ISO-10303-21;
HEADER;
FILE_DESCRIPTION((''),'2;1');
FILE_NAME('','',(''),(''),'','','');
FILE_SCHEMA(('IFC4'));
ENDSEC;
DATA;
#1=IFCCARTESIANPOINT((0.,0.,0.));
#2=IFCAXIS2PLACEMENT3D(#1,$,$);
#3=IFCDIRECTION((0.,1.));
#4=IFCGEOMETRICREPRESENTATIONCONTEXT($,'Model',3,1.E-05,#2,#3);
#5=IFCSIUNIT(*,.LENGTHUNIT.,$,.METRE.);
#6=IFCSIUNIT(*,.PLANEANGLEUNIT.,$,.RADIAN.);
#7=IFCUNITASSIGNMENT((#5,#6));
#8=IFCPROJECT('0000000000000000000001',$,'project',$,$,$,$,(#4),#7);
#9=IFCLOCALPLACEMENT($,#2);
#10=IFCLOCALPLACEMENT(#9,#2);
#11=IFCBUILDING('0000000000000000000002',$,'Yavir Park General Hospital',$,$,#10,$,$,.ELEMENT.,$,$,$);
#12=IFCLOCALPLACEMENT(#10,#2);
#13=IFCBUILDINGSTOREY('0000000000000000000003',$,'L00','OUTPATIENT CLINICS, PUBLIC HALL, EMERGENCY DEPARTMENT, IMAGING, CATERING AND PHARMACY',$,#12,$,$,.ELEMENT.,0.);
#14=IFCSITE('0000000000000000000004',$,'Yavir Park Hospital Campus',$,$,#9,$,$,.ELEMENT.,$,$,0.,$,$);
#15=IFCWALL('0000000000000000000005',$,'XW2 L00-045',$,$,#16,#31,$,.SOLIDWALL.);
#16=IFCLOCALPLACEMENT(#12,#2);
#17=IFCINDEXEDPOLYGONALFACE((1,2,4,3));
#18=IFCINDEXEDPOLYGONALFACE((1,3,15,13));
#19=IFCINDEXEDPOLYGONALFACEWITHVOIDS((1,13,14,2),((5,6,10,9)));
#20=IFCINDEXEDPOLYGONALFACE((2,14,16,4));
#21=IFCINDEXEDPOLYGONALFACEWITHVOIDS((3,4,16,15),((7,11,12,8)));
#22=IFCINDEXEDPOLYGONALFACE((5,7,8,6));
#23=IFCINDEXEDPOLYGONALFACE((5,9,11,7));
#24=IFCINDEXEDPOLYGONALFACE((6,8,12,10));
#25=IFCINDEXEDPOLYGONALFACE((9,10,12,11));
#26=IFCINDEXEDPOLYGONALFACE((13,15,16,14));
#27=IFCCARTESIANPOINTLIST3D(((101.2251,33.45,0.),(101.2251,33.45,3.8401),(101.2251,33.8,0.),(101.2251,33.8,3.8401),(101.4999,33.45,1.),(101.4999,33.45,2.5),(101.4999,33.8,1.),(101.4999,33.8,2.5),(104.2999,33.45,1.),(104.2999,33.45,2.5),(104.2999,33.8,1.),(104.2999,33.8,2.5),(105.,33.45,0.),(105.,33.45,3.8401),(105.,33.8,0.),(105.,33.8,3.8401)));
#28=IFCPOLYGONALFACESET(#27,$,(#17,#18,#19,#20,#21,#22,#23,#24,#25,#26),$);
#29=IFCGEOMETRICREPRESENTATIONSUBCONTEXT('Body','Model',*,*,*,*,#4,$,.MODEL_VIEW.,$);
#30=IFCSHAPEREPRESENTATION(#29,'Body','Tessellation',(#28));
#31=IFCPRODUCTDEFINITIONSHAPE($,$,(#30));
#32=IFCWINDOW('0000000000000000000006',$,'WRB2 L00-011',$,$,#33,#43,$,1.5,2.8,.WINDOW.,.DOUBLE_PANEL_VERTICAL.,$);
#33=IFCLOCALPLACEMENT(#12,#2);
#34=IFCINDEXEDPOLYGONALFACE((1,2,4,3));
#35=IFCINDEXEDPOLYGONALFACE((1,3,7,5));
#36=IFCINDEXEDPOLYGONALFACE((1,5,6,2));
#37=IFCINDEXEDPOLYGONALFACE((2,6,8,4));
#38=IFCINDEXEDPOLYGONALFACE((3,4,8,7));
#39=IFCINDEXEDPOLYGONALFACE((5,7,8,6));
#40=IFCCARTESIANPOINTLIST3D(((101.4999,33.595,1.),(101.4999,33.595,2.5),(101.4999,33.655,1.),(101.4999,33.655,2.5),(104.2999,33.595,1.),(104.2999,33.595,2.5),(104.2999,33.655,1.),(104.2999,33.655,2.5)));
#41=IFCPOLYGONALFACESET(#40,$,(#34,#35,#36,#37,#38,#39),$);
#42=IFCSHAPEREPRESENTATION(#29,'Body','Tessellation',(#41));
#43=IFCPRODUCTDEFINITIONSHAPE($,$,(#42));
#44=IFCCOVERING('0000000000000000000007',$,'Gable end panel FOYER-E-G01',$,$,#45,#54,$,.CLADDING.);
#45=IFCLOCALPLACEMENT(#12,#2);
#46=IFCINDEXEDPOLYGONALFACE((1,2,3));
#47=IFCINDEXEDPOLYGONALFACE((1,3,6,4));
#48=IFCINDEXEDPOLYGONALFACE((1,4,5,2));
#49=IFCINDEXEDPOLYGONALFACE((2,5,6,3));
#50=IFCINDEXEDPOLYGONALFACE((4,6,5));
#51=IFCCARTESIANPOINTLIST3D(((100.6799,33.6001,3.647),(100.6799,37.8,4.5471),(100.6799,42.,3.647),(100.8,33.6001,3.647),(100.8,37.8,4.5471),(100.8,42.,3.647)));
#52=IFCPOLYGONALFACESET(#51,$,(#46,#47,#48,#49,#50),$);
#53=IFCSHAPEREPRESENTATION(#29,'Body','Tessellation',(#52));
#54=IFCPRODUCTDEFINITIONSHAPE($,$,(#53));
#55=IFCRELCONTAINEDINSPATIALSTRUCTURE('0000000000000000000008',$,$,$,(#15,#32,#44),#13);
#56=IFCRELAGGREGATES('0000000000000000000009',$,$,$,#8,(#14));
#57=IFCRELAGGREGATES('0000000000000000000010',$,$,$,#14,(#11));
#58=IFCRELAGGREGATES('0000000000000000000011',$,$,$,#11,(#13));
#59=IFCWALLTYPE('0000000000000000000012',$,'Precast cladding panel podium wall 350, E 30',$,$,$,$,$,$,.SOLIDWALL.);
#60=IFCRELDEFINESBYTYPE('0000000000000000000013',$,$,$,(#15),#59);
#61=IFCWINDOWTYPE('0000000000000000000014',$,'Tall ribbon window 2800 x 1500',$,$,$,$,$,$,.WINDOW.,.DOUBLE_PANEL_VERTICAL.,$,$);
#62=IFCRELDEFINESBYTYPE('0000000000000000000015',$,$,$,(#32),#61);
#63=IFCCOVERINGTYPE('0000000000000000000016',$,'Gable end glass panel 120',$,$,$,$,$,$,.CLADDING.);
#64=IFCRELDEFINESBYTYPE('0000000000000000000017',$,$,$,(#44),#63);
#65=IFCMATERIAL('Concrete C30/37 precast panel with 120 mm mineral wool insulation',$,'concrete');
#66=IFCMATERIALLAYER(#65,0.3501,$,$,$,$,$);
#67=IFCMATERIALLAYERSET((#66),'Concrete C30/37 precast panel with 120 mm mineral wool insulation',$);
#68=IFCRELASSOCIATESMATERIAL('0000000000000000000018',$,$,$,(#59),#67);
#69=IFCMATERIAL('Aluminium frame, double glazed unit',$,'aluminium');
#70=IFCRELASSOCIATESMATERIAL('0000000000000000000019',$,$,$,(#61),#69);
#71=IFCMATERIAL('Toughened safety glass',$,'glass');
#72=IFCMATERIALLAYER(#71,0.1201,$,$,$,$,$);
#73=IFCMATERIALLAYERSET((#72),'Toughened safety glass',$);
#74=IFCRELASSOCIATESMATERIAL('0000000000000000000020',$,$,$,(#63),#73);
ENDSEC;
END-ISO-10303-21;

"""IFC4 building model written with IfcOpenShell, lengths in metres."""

from ifc_helpers import new_model, si_unit, direction, frame, frame_2d, origin, place, context, subcontext, project, spatial, polyline, rectangle, outline, extrude, material, layer, layer_set, type_object, element, fill, save


model = new_model("IFC4")

# Units and contexts
model_context = context("Model", 3, precision=1e-05, world=origin(), true_north=direction((0.0, 1.0)))
body_context = subcontext(model_context, "Body", "Model", "MODEL_VIEW")
ifc_project = project(units=[si_unit("LENGTHUNIT", "METRE"), si_unit("PLANEANGLEUNIT", "RADIAN")], contexts=[model_context])

# Site, building, storey
site_placement = place(None, origin())
site = spatial("IfcSite", under=ifc_project, at=site_placement, Name="Yavir Park Hospital Campus", CompositionType="ELEMENT", RefElevation=0.0)
building_placement = place(site_placement, origin())
building = spatial("IfcBuilding", under=site, at=building_placement, Name="Yavir Park General Hospital", CompositionType="ELEMENT")
storey_placement = place(building_placement, origin())
storey = spatial("IfcBuildingStorey", under=building, at=storey_placement, Name="L00", Description="OUTPATIENT CLINICS, PUBLIC HALL, EMERGENCY DEPARTMENT, IMAGING, CATERING AND PHARMACY", CompositionType="ELEMENT", Elevation=0.0)

# Wall, opening, window
ifc_material_1 = material(Name="Concrete C30/37 precast panel with 120 mm mineral wool insulation", Category="concrete")
ifc_layer_1 = layer(ifc_material_1, 0.3501)
ifc_layer_set_1 = layer_set([ifc_layer_1], Name="Concrete C30/37 precast panel with 120 mm mineral wool insulation")
wall_type_1 = type_object("IfcWallType", Name="Precast cladding panel podium wall 350, E 30", PredefinedType="SOLIDWALL", material=ifc_layer_set_1)
wall_1_placement = place(storey_placement, frame((101.2251, 33.625, 0.0), z_axis=(0.0, 0.0, 1.0), x_axis=(1.0, 0.0, 0.0)))
wall_1 = element("IfcWall", 1, at=wall_1_placement, inside=storey, type_object=wall_type_1, Name="XW2 L00-045", PredefinedType="SOLIDWALL", context=body_context, shape_type="SweptSolid", body=[
    extrude(rectangle(XDim=3.7749, YDim=0.3501, at=frame_2d((1.8875, 0.0))), origin(), (0.0, 0.0, 1.0), 3.8401),
])
opening_placement = place(wall_1_placement, frame((0.2749, 0.0, 1.0)))
opening = element("IfcOpeningElement", 2, at=opening_placement, cuts=wall_1, PredefinedType="OPENING", context=body_context, shape_type="SweptSolid", body=[
    extrude(rectangle(XDim=2.8, YDim=1.5, at=frame_2d((1.3999, 0.75))), frame((0.0, 0.1851, 0.0), z_axis=(0.0, -1.0, 0.0), x_axis=(1.0, 0.0, 0.0)), (0.0, 0.0, 1.0), 0.3701),
])
ifc_material_2 = material(Name="Aluminium frame, double glazed unit", Category="aluminium")
window_type = type_object("IfcWindowType", Name="Tall ribbon window 2800 x 1500", PartitioningType="DOUBLE_PANEL_VERTICAL", PredefinedType="WINDOW", material=ifc_material_2)
window_placement = place(opening_placement, origin())
window = element("IfcWindow", 3, at=window_placement, inside=storey, type_object=window_type, Name="WRB2 L00-011", OverallHeight=1.5, OverallWidth=2.8, PartitioningType="DOUBLE_PANEL_VERTICAL", PredefinedType="WINDOW", context=body_context, shape_type="SweptSolid", body=[
    extrude(rectangle(XDim=2.8, YDim=1.5, at=frame_2d((1.3999, 0.75))), frame((0.0, 0.03, 0.0), z_axis=(0.0, -1.0, 0.0), x_axis=(1.0, 0.0, 0.0)), (0.0, 0.0, 1.0), 0.0601),
])
fill(opening, window)

# Covering
ifc_material_3 = material(Name="Toughened safety glass", Category="glass")
ifc_layer_2 = layer(ifc_material_3, 0.1201)
ifc_layer_set_2 = layer_set([ifc_layer_2], Name="Toughened safety glass")
covering_type = type_object("IfcCoveringType", Name="Gable end glass panel 120", PredefinedType="CLADDING", material=ifc_layer_set_2)
covering_placement = place(storey_placement, frame((100.8, 33.6001, 3.647), z_axis=(1.0, 0.0, 0.0), x_axis=(0.0, 1.0, 0.0)))
element("IfcCovering", 4, at=covering_placement, inside=storey, type_object=covering_type, Name="Gable end panel FOYER-E-G01", PredefinedType="CLADDING", context=body_context, shape_type="SweptSolid", body=[
    extrude(outline(polyline([(0.0, 0.0), (8.3999, 0.0), (4.2, 0.9001), (0.0, 0.0)])), origin(), (0.0, 0.0, -1.0), 0.1201),
])

save(model, "model.ifc")
